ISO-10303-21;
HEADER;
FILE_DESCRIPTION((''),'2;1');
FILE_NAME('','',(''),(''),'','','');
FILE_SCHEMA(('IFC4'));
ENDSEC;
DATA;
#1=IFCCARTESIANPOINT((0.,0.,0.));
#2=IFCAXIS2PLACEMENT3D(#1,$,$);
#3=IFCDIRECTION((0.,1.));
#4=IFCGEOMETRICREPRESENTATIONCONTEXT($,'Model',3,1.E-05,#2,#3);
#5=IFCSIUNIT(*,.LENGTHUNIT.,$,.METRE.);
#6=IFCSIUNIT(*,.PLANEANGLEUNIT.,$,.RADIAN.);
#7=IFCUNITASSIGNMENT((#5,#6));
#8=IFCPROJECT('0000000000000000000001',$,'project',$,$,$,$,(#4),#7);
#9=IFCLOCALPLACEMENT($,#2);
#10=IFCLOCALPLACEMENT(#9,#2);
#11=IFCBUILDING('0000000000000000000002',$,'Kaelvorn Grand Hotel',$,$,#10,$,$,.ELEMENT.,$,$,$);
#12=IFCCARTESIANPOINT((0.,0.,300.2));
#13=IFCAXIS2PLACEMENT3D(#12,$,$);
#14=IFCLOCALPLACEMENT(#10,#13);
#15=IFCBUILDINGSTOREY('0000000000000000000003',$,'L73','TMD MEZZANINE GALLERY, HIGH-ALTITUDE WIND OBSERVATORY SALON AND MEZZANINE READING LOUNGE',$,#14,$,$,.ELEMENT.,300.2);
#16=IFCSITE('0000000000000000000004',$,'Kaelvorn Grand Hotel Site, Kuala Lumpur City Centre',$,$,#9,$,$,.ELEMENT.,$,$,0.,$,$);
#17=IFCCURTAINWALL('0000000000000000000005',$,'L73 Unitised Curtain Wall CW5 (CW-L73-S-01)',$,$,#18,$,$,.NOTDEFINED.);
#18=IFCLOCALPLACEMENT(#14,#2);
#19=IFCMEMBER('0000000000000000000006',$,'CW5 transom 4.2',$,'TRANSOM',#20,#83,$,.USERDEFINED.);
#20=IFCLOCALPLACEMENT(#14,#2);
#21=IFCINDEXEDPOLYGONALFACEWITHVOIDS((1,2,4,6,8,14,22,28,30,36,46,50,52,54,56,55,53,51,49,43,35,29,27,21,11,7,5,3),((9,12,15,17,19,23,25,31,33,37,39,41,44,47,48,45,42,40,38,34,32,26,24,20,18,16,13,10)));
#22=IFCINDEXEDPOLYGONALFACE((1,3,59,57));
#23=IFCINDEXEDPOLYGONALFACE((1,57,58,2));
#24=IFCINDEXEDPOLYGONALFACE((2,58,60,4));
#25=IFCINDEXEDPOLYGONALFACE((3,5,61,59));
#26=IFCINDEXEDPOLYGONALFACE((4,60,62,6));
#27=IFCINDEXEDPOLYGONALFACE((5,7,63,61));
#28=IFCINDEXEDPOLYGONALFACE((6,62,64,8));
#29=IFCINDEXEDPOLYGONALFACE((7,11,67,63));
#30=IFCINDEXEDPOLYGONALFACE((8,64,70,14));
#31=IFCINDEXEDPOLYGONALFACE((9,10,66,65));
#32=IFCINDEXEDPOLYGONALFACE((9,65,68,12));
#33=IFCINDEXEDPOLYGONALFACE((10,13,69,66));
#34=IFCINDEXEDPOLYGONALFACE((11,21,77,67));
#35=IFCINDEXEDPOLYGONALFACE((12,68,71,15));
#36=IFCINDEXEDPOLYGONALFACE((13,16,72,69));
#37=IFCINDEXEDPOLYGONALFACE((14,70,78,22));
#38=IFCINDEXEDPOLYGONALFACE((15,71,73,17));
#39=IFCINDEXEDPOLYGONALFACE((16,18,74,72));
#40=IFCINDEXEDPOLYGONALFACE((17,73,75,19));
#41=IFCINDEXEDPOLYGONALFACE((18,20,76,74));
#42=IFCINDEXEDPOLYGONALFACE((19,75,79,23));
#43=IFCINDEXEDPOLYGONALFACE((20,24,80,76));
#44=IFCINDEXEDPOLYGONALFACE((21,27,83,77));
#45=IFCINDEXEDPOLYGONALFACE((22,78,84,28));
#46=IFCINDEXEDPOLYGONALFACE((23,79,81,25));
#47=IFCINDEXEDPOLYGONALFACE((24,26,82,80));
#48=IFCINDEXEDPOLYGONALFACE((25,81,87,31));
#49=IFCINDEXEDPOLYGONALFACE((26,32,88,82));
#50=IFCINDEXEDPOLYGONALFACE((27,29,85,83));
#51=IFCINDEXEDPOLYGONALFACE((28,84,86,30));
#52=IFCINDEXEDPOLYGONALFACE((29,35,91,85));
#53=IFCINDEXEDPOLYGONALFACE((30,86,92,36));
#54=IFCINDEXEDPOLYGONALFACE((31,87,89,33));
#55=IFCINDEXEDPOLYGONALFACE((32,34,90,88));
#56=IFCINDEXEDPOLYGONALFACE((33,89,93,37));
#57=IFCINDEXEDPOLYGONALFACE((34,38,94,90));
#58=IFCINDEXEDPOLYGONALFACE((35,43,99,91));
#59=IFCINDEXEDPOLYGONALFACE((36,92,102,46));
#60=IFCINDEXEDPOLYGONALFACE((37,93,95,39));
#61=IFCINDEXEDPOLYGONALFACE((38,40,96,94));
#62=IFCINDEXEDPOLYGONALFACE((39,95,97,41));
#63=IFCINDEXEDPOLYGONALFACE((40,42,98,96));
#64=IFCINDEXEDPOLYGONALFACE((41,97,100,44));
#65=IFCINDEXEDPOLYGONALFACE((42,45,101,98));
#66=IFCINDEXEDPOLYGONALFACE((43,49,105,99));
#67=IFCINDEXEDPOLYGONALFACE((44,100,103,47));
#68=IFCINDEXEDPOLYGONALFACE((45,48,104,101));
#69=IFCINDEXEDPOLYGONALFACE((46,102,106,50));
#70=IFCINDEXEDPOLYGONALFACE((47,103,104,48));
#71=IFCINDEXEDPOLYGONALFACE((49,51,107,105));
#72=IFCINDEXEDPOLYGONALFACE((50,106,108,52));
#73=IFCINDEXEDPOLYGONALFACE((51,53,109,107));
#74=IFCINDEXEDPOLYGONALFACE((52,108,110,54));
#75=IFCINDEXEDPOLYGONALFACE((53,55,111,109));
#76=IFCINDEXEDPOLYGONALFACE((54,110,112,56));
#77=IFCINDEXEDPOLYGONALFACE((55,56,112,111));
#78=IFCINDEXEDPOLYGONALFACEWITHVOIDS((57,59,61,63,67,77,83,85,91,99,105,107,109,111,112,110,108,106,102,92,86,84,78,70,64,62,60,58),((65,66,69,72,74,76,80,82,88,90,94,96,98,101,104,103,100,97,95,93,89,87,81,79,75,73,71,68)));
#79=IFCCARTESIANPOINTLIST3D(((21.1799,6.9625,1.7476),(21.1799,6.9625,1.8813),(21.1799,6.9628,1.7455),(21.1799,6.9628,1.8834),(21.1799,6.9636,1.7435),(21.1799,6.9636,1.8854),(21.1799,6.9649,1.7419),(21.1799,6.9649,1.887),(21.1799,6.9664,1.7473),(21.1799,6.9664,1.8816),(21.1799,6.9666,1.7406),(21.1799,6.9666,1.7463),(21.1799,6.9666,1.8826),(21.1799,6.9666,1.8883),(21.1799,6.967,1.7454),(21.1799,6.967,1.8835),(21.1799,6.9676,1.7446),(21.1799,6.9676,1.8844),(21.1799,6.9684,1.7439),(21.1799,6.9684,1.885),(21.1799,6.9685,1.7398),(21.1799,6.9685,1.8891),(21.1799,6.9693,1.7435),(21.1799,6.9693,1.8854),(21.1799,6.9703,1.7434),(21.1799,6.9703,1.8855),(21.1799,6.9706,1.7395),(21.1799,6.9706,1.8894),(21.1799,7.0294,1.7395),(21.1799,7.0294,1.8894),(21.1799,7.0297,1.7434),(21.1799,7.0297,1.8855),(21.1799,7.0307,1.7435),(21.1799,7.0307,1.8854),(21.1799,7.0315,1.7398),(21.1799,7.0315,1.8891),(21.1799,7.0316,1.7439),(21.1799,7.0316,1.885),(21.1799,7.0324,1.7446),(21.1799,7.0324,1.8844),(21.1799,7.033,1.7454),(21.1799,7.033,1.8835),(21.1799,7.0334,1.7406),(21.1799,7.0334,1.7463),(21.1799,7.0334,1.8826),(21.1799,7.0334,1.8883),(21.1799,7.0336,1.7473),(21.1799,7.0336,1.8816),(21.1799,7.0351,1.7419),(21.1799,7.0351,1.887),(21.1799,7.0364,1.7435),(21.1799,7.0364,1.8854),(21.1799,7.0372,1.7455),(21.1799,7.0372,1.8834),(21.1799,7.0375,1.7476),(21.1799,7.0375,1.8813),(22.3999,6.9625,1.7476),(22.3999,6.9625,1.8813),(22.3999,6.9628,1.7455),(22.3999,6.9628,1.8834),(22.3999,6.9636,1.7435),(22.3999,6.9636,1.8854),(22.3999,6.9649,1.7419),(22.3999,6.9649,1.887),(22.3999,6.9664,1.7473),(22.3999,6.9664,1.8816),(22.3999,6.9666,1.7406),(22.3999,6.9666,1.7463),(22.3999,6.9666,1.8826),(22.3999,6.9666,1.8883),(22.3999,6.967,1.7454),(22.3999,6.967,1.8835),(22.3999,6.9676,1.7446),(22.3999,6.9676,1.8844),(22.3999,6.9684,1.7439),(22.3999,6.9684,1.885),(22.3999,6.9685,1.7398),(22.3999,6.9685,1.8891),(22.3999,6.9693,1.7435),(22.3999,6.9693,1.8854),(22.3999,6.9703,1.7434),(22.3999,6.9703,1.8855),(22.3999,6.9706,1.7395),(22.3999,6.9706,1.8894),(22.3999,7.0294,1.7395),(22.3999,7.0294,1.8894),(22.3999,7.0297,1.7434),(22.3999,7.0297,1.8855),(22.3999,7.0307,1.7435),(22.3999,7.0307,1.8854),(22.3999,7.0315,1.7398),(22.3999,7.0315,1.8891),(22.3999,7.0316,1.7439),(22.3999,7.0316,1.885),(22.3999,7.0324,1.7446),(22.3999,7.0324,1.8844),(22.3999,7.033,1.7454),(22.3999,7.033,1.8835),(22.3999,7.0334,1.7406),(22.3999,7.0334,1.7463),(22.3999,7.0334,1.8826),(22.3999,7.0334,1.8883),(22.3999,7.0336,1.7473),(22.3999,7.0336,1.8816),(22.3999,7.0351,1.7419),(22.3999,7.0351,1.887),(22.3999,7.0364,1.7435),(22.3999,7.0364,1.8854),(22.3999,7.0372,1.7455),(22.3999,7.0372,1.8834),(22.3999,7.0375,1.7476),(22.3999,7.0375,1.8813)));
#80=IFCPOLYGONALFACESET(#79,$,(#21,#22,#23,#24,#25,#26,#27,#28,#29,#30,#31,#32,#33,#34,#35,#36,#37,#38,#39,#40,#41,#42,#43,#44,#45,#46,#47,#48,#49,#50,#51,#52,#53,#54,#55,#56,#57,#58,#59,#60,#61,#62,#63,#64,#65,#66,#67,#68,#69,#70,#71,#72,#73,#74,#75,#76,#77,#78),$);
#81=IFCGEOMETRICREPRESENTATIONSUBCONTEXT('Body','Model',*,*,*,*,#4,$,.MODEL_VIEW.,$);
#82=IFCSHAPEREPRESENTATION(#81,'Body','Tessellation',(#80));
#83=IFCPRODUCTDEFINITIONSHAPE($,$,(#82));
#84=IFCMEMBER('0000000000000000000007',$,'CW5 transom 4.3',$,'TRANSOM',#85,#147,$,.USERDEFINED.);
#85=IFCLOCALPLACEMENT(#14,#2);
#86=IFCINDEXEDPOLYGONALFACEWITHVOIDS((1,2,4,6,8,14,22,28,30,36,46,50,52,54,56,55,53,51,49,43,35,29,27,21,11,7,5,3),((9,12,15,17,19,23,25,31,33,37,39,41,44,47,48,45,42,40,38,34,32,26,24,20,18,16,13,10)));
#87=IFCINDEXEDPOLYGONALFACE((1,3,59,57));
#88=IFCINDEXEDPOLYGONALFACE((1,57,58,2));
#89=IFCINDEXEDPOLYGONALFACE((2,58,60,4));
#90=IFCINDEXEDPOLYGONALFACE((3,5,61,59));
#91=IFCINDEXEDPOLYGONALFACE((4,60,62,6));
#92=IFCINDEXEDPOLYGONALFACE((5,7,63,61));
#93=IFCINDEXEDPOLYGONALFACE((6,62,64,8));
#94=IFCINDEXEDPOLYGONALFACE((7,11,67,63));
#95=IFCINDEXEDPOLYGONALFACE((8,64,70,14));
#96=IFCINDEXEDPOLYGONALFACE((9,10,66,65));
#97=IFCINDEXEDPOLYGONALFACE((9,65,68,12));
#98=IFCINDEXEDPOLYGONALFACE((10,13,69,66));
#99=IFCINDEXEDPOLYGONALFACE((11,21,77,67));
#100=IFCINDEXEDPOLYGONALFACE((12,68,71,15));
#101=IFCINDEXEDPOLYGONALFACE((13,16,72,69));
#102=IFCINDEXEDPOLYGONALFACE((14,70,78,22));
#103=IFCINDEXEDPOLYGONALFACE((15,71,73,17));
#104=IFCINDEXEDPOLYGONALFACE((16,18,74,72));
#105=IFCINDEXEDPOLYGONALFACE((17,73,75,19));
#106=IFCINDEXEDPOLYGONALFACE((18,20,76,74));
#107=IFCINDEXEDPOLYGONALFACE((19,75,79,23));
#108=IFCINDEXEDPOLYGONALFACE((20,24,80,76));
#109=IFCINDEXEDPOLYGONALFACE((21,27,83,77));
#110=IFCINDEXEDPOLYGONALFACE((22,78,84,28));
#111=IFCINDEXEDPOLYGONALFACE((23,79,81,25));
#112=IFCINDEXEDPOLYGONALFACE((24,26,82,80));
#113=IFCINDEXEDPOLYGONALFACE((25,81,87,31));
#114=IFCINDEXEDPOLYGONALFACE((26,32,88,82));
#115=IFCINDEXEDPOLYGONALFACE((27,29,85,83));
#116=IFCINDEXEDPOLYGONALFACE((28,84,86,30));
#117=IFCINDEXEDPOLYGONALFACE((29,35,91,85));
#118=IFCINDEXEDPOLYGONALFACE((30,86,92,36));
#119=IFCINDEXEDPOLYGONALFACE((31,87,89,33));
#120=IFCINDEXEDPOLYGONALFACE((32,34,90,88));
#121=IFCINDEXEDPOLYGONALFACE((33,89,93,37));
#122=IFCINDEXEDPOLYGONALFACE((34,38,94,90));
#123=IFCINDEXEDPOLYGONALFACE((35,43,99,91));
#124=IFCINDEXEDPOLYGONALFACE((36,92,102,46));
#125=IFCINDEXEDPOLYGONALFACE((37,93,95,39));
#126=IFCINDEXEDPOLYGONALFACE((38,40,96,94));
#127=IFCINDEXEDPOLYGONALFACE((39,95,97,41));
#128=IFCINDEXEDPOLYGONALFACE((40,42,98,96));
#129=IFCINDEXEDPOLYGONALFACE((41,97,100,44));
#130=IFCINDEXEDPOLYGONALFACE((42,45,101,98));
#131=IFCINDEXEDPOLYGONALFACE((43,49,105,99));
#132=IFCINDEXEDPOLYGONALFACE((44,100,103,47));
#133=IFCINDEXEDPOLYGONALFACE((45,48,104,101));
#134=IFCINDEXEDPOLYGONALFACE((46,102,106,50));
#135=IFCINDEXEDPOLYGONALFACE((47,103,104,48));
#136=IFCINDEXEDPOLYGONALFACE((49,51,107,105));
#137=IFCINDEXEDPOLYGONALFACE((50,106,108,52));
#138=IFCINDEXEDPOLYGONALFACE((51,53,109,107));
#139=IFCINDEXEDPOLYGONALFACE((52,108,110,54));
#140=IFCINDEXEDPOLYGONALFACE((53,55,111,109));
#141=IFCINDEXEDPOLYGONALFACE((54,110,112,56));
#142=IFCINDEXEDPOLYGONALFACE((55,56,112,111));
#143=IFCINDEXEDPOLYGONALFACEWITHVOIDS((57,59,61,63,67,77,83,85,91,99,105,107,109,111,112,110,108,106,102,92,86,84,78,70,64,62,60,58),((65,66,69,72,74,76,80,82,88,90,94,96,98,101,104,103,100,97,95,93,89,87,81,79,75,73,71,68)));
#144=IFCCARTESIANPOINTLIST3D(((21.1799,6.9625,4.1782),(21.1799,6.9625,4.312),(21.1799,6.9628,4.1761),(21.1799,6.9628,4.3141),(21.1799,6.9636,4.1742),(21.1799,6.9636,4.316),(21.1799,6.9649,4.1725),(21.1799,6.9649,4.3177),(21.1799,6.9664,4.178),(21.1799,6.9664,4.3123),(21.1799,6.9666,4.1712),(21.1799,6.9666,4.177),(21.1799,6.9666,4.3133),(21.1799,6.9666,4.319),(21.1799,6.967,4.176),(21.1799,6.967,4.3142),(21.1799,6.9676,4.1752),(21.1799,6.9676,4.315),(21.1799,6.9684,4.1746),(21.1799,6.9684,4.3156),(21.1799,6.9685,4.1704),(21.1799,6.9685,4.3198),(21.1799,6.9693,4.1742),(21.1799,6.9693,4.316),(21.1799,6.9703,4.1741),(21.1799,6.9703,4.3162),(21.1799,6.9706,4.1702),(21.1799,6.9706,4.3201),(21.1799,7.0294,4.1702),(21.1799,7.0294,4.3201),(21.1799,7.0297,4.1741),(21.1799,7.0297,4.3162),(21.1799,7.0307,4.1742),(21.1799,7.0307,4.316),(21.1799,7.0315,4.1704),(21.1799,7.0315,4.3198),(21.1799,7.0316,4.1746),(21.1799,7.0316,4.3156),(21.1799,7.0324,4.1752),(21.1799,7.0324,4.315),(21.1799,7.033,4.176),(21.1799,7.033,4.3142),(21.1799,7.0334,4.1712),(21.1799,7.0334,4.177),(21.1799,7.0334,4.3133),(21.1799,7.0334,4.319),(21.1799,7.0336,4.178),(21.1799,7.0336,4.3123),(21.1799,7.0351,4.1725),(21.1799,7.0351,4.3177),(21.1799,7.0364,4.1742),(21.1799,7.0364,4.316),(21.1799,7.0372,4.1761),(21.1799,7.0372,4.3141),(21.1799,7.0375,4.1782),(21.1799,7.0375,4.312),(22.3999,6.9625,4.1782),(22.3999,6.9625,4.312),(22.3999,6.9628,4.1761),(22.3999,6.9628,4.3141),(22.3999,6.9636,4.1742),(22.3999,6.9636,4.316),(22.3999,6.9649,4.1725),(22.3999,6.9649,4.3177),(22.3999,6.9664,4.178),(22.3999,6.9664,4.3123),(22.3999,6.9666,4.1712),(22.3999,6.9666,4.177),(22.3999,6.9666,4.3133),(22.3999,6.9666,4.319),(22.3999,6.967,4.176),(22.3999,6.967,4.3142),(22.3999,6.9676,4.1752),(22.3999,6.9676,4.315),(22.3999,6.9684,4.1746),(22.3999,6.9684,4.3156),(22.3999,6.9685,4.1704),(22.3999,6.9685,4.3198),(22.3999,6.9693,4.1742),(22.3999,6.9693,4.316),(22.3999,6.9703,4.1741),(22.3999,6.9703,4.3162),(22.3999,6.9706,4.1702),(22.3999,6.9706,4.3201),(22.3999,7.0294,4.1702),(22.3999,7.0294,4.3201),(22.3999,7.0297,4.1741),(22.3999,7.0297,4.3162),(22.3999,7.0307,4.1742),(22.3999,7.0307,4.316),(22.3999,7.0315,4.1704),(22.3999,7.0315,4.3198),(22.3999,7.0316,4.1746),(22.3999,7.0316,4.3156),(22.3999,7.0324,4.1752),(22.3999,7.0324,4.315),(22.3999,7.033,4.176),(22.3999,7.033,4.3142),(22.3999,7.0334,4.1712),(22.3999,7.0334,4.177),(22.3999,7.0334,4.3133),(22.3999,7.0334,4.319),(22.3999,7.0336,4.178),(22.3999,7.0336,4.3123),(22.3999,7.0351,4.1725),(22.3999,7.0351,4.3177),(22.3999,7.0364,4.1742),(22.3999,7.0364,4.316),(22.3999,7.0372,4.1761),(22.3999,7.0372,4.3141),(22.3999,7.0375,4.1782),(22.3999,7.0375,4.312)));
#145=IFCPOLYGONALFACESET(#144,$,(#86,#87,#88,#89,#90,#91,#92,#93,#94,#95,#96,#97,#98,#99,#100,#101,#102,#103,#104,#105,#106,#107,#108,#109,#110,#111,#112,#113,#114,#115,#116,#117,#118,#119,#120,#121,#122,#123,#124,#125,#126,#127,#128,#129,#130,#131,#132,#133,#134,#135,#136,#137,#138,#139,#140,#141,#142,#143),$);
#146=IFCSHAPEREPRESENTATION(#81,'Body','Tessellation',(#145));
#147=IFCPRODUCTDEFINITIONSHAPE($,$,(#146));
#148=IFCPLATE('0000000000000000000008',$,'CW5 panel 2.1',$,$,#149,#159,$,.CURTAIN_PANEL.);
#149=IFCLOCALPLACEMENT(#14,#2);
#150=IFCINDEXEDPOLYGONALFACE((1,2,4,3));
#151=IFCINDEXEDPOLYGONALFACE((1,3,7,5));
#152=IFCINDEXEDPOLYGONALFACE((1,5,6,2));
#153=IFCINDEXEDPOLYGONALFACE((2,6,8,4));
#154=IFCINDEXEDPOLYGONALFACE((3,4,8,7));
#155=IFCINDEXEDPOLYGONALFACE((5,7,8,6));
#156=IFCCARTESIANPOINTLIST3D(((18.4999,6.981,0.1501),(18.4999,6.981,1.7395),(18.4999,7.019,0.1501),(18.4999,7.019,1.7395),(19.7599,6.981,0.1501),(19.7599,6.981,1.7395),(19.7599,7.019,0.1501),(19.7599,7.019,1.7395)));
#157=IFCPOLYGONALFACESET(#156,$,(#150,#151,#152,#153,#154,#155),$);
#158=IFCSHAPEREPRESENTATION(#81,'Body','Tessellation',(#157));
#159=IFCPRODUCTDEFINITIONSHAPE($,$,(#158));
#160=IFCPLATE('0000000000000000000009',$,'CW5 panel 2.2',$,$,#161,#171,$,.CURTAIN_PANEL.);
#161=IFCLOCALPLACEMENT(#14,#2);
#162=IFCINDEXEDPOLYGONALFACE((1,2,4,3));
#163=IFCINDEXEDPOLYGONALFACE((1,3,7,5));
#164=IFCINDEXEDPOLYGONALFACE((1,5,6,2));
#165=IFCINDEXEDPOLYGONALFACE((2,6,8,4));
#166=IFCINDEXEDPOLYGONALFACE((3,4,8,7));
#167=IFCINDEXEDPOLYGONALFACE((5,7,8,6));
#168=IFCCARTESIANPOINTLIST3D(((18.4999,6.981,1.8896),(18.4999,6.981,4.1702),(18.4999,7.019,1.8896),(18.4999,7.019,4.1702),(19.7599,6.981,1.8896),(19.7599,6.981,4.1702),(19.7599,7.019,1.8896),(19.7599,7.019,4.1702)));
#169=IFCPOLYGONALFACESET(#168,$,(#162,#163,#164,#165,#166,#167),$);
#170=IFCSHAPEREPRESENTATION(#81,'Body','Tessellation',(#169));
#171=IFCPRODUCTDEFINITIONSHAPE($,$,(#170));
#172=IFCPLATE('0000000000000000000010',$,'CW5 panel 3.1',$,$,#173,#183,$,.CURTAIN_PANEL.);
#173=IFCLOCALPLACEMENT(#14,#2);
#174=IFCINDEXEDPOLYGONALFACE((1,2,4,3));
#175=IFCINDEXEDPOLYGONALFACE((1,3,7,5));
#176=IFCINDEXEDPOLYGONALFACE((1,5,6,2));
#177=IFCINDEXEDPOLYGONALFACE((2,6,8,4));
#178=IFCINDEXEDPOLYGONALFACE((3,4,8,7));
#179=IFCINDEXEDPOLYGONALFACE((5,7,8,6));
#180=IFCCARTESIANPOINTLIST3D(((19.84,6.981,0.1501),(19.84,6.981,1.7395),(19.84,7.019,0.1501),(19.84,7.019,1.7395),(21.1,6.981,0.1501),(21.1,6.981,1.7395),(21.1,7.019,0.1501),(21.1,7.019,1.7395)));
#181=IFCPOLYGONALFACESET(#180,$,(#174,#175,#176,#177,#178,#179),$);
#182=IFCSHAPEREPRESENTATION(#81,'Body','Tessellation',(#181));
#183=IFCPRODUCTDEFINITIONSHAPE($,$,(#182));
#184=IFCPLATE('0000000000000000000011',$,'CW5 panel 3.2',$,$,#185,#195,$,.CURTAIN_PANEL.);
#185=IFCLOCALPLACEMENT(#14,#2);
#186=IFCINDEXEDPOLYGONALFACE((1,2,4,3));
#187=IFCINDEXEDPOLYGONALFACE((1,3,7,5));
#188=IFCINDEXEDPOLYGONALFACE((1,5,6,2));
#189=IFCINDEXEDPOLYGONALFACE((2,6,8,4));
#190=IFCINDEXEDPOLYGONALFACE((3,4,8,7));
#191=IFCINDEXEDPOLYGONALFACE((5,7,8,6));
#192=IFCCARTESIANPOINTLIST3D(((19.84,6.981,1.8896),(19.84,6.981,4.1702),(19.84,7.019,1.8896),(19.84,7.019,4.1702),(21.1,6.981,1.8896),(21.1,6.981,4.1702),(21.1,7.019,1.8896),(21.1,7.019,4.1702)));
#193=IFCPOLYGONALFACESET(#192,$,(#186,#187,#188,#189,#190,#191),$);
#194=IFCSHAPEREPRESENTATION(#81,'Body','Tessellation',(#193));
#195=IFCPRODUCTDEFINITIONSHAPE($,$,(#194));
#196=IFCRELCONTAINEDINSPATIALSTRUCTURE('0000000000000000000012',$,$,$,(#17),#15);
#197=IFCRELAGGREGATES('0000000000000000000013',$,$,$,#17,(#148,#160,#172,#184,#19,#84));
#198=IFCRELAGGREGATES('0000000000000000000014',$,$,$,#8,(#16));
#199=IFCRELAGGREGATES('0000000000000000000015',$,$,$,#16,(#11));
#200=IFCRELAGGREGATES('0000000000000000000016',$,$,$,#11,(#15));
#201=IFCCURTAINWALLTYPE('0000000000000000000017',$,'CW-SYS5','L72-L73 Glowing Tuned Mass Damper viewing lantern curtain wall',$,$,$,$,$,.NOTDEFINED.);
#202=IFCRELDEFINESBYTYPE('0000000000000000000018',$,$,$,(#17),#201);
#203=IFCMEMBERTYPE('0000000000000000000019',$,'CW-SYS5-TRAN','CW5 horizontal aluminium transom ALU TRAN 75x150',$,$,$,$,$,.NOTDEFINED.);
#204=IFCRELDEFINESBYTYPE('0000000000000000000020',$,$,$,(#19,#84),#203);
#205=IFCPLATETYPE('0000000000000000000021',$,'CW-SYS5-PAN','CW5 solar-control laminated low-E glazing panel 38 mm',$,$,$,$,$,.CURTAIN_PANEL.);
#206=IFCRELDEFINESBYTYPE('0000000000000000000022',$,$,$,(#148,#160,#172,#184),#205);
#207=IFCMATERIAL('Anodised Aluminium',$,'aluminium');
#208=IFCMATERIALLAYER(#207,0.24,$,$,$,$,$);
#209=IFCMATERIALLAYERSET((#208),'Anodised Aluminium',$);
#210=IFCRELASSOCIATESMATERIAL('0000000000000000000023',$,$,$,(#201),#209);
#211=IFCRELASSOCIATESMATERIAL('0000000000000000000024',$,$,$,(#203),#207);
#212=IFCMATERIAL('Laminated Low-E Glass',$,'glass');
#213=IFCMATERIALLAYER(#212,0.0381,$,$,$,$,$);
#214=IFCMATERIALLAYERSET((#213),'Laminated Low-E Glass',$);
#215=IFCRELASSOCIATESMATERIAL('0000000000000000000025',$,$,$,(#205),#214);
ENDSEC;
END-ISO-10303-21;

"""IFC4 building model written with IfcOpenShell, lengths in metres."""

from ifc_helpers import new_model, si_unit, direction, frame, origin, origin_2d, place, context, subcontext, project, spatial, rectangle, hollow_rectangle, extrude, material, layer, layer_set, material_profile, profile_set, type_object, element, aggregate, save


model = new_model("IFC4")

# Units and contexts
model_context = context("Model", 3, precision=1e-05, world=origin(), true_north=direction((0.0, 1.0)))
body_context = subcontext(model_context, "Body", "Model", "MODEL_VIEW")
ifc_project = project(units=[si_unit("LENGTHUNIT", "METRE"), si_unit("PLANEANGLEUNIT", "RADIAN")], contexts=[model_context])

# Site, building, storey
site_placement = place(None, origin())
site = spatial("IfcSite", under=ifc_project, at=site_placement, Name="Kaelvorn Grand Hotel Site, Kuala Lumpur City Centre", CompositionType="ELEMENT", RefElevation=0.0)
building_placement = place(site_placement, origin())
building = spatial("IfcBuilding", under=site, at=building_placement, Name="Kaelvorn Grand Hotel", CompositionType="ELEMENT")
storey_placement = place(building_placement, frame((0.0, 0.0, 300.2)))
storey = spatial("IfcBuildingStorey", under=building, at=storey_placement, Name="L73", Description="TMD MEZZANINE GALLERY, HIGH-ALTITUDE WIND OBSERVATORY SALON AND MEZZANINE READING LOUNGE", CompositionType="ELEMENT", Elevation=300.2)

# Curtain wall, members, plates
ifc_material_1 = material(Name="Anodised Aluminium", Category="aluminium")
ifc_layer_1 = layer(ifc_material_1, 0.24)
ifc_layer_set_1 = layer_set([ifc_layer_1], Name="Anodised Aluminium")
curtain_wall_type = type_object("IfcCurtainWallType", Name="CW-SYS5", Description="L72-L73 Glowing Tuned Mass Damper viewing lantern curtain wall", PredefinedType="NOTDEFINED", material=ifc_layer_set_1)
curtain_wall_placement = place(storey_placement, origin())
curtain_wall = element("IfcCurtainWall", 1, at=curtain_wall_placement, inside=storey, type_object=curtain_wall_type, Name="L73 Unitised Curtain Wall CW5 (CW-L73-S-01)", PredefinedType="NOTDEFINED")
ifc_material_profile_1 = material_profile(ifc_material_1, hollow_rectangle(XDim=0.075, YDim=0.1499, WallThickness=0.0039, InnerFilletRadius=0.0039, OuterFilletRadius=0.0081, at=origin_2d()), Name="ALU TRAN 75x150")
ifc_profile_set_1 = profile_set([ifc_material_profile_1], Name="Anodised Aluminium")
member_type_1 = type_object("IfcMemberType", Name="CW-SYS5-TRAN", Description="CW5 horizontal aluminium transom ALU TRAN 75x150", PredefinedType="NOTDEFINED", material=ifc_profile_set_1)
member_1_placement = place(storey_placement, frame((21.1799, 7.0, 1.8145), z_axis=(1.0, 0.0, 0.0), x_axis=(0.0, 1.0, 0.0)))
member_1 = element("IfcMember", 2, at=member_1_placement, type_object=member_type_1, Name="CW5 transom 4.2", ObjectType="TRANSOM", PredefinedType="USERDEFINED", context=body_context, shape_type="SweptSolid", body=[
    extrude(hollow_rectangle(XDim=0.075, YDim=0.1499, WallThickness=0.0039, InnerFilletRadius=0.0039, OuterFilletRadius=0.0081, at=origin_2d()), origin(), (0.0, 0.0, 1.0), 1.22),
])
member_2_placement = place(storey_placement, frame((21.1799, 7.0, 4.2451), z_axis=(1.0, 0.0, 0.0), x_axis=(0.0, 1.0, 0.0)))
member_2 = element("IfcMember", 3, at=member_2_placement, type_object=member_type_1, Name="CW5 transom 4.3", ObjectType="TRANSOM", PredefinedType="USERDEFINED", context=body_context, shape_type="SweptSolid", body=[
    extrude(hollow_rectangle(XDim=0.075, YDim=0.1499, WallThickness=0.0039, InnerFilletRadius=0.0039, OuterFilletRadius=0.0081, at=origin_2d()), origin(), (0.0, 0.0, 1.0), 1.22),
])
ifc_material_2 = material(Name="Laminated Low-E Glass", Category="glass")
ifc_layer_2 = layer(ifc_material_2, 0.0381)
ifc_layer_set_2 = layer_set([ifc_layer_2], Name="Laminated Low-E Glass")
plate_type = type_object("IfcPlateType", Name="CW-SYS5-PAN", Description="CW5 solar-control laminated low-E glazing panel 38 mm", PredefinedType="CURTAIN_PANEL", material=ifc_layer_set_2)
plate_1_placement = place(storey_placement, frame((19.1299, 7.0, 0.1501), z_axis=(0.0, 0.0, 1.0), x_axis=(1.0, 0.0, 0.0)))
plate_1 = element("IfcPlate", 4, at=plate_1_placement, type_object=plate_type, Name="CW5 panel 2.1", PredefinedType="CURTAIN_PANEL", context=body_context, shape_type="SweptSolid", body=[
    extrude(rectangle(XDim=1.26, YDim=0.0381, at=origin_2d()), origin(), (0.0, 0.0, 1.0), 1.5894),
])
plate_2_placement = place(storey_placement, frame((19.1299, 7.0, 1.8896), z_axis=(0.0, 0.0, 1.0), x_axis=(1.0, 0.0, 0.0)))
plate_2 = element("IfcPlate", 5, at=plate_2_placement, type_object=plate_type, Name="CW5 panel 2.2", PredefinedType="CURTAIN_PANEL", context=body_context, shape_type="SweptSolid", body=[
    extrude(rectangle(XDim=1.26, YDim=0.0381, at=origin_2d()), origin(), (0.0, 0.0, 1.0), 2.2805),
])
plate_3_placement = place(storey_placement, frame((20.47, 7.0, 0.1501), z_axis=(0.0, 0.0, 1.0), x_axis=(1.0, 0.0, 0.0)))
plate_3 = element("IfcPlate", 6, at=plate_3_placement, type_object=plate_type, Name="CW5 panel 3.1", PredefinedType="CURTAIN_PANEL", context=body_context, shape_type="SweptSolid", body=[
    extrude(rectangle(XDim=1.26, YDim=0.0381, at=origin_2d()), origin(), (0.0, 0.0, 1.0), 1.5894),
])
plate_4_placement = place(storey_placement, frame((20.47, 7.0, 1.8896), z_axis=(0.0, 0.0, 1.0), x_axis=(1.0, 0.0, 0.0)))
plate_4 = element("IfcPlate", 7, at=plate_4_placement, type_object=plate_type, Name="CW5 panel 3.2", PredefinedType="CURTAIN_PANEL", context=body_context, shape_type="SweptSolid", body=[
    extrude(rectangle(XDim=1.26, YDim=0.0381, at=origin_2d()), origin(), (0.0, 0.0, 1.0), 2.2805),
])
aggregate(curtain_wall, [plate_1, plate_2, plate_3, plate_4, member_1, member_2])

save(model, "model.ifc")
